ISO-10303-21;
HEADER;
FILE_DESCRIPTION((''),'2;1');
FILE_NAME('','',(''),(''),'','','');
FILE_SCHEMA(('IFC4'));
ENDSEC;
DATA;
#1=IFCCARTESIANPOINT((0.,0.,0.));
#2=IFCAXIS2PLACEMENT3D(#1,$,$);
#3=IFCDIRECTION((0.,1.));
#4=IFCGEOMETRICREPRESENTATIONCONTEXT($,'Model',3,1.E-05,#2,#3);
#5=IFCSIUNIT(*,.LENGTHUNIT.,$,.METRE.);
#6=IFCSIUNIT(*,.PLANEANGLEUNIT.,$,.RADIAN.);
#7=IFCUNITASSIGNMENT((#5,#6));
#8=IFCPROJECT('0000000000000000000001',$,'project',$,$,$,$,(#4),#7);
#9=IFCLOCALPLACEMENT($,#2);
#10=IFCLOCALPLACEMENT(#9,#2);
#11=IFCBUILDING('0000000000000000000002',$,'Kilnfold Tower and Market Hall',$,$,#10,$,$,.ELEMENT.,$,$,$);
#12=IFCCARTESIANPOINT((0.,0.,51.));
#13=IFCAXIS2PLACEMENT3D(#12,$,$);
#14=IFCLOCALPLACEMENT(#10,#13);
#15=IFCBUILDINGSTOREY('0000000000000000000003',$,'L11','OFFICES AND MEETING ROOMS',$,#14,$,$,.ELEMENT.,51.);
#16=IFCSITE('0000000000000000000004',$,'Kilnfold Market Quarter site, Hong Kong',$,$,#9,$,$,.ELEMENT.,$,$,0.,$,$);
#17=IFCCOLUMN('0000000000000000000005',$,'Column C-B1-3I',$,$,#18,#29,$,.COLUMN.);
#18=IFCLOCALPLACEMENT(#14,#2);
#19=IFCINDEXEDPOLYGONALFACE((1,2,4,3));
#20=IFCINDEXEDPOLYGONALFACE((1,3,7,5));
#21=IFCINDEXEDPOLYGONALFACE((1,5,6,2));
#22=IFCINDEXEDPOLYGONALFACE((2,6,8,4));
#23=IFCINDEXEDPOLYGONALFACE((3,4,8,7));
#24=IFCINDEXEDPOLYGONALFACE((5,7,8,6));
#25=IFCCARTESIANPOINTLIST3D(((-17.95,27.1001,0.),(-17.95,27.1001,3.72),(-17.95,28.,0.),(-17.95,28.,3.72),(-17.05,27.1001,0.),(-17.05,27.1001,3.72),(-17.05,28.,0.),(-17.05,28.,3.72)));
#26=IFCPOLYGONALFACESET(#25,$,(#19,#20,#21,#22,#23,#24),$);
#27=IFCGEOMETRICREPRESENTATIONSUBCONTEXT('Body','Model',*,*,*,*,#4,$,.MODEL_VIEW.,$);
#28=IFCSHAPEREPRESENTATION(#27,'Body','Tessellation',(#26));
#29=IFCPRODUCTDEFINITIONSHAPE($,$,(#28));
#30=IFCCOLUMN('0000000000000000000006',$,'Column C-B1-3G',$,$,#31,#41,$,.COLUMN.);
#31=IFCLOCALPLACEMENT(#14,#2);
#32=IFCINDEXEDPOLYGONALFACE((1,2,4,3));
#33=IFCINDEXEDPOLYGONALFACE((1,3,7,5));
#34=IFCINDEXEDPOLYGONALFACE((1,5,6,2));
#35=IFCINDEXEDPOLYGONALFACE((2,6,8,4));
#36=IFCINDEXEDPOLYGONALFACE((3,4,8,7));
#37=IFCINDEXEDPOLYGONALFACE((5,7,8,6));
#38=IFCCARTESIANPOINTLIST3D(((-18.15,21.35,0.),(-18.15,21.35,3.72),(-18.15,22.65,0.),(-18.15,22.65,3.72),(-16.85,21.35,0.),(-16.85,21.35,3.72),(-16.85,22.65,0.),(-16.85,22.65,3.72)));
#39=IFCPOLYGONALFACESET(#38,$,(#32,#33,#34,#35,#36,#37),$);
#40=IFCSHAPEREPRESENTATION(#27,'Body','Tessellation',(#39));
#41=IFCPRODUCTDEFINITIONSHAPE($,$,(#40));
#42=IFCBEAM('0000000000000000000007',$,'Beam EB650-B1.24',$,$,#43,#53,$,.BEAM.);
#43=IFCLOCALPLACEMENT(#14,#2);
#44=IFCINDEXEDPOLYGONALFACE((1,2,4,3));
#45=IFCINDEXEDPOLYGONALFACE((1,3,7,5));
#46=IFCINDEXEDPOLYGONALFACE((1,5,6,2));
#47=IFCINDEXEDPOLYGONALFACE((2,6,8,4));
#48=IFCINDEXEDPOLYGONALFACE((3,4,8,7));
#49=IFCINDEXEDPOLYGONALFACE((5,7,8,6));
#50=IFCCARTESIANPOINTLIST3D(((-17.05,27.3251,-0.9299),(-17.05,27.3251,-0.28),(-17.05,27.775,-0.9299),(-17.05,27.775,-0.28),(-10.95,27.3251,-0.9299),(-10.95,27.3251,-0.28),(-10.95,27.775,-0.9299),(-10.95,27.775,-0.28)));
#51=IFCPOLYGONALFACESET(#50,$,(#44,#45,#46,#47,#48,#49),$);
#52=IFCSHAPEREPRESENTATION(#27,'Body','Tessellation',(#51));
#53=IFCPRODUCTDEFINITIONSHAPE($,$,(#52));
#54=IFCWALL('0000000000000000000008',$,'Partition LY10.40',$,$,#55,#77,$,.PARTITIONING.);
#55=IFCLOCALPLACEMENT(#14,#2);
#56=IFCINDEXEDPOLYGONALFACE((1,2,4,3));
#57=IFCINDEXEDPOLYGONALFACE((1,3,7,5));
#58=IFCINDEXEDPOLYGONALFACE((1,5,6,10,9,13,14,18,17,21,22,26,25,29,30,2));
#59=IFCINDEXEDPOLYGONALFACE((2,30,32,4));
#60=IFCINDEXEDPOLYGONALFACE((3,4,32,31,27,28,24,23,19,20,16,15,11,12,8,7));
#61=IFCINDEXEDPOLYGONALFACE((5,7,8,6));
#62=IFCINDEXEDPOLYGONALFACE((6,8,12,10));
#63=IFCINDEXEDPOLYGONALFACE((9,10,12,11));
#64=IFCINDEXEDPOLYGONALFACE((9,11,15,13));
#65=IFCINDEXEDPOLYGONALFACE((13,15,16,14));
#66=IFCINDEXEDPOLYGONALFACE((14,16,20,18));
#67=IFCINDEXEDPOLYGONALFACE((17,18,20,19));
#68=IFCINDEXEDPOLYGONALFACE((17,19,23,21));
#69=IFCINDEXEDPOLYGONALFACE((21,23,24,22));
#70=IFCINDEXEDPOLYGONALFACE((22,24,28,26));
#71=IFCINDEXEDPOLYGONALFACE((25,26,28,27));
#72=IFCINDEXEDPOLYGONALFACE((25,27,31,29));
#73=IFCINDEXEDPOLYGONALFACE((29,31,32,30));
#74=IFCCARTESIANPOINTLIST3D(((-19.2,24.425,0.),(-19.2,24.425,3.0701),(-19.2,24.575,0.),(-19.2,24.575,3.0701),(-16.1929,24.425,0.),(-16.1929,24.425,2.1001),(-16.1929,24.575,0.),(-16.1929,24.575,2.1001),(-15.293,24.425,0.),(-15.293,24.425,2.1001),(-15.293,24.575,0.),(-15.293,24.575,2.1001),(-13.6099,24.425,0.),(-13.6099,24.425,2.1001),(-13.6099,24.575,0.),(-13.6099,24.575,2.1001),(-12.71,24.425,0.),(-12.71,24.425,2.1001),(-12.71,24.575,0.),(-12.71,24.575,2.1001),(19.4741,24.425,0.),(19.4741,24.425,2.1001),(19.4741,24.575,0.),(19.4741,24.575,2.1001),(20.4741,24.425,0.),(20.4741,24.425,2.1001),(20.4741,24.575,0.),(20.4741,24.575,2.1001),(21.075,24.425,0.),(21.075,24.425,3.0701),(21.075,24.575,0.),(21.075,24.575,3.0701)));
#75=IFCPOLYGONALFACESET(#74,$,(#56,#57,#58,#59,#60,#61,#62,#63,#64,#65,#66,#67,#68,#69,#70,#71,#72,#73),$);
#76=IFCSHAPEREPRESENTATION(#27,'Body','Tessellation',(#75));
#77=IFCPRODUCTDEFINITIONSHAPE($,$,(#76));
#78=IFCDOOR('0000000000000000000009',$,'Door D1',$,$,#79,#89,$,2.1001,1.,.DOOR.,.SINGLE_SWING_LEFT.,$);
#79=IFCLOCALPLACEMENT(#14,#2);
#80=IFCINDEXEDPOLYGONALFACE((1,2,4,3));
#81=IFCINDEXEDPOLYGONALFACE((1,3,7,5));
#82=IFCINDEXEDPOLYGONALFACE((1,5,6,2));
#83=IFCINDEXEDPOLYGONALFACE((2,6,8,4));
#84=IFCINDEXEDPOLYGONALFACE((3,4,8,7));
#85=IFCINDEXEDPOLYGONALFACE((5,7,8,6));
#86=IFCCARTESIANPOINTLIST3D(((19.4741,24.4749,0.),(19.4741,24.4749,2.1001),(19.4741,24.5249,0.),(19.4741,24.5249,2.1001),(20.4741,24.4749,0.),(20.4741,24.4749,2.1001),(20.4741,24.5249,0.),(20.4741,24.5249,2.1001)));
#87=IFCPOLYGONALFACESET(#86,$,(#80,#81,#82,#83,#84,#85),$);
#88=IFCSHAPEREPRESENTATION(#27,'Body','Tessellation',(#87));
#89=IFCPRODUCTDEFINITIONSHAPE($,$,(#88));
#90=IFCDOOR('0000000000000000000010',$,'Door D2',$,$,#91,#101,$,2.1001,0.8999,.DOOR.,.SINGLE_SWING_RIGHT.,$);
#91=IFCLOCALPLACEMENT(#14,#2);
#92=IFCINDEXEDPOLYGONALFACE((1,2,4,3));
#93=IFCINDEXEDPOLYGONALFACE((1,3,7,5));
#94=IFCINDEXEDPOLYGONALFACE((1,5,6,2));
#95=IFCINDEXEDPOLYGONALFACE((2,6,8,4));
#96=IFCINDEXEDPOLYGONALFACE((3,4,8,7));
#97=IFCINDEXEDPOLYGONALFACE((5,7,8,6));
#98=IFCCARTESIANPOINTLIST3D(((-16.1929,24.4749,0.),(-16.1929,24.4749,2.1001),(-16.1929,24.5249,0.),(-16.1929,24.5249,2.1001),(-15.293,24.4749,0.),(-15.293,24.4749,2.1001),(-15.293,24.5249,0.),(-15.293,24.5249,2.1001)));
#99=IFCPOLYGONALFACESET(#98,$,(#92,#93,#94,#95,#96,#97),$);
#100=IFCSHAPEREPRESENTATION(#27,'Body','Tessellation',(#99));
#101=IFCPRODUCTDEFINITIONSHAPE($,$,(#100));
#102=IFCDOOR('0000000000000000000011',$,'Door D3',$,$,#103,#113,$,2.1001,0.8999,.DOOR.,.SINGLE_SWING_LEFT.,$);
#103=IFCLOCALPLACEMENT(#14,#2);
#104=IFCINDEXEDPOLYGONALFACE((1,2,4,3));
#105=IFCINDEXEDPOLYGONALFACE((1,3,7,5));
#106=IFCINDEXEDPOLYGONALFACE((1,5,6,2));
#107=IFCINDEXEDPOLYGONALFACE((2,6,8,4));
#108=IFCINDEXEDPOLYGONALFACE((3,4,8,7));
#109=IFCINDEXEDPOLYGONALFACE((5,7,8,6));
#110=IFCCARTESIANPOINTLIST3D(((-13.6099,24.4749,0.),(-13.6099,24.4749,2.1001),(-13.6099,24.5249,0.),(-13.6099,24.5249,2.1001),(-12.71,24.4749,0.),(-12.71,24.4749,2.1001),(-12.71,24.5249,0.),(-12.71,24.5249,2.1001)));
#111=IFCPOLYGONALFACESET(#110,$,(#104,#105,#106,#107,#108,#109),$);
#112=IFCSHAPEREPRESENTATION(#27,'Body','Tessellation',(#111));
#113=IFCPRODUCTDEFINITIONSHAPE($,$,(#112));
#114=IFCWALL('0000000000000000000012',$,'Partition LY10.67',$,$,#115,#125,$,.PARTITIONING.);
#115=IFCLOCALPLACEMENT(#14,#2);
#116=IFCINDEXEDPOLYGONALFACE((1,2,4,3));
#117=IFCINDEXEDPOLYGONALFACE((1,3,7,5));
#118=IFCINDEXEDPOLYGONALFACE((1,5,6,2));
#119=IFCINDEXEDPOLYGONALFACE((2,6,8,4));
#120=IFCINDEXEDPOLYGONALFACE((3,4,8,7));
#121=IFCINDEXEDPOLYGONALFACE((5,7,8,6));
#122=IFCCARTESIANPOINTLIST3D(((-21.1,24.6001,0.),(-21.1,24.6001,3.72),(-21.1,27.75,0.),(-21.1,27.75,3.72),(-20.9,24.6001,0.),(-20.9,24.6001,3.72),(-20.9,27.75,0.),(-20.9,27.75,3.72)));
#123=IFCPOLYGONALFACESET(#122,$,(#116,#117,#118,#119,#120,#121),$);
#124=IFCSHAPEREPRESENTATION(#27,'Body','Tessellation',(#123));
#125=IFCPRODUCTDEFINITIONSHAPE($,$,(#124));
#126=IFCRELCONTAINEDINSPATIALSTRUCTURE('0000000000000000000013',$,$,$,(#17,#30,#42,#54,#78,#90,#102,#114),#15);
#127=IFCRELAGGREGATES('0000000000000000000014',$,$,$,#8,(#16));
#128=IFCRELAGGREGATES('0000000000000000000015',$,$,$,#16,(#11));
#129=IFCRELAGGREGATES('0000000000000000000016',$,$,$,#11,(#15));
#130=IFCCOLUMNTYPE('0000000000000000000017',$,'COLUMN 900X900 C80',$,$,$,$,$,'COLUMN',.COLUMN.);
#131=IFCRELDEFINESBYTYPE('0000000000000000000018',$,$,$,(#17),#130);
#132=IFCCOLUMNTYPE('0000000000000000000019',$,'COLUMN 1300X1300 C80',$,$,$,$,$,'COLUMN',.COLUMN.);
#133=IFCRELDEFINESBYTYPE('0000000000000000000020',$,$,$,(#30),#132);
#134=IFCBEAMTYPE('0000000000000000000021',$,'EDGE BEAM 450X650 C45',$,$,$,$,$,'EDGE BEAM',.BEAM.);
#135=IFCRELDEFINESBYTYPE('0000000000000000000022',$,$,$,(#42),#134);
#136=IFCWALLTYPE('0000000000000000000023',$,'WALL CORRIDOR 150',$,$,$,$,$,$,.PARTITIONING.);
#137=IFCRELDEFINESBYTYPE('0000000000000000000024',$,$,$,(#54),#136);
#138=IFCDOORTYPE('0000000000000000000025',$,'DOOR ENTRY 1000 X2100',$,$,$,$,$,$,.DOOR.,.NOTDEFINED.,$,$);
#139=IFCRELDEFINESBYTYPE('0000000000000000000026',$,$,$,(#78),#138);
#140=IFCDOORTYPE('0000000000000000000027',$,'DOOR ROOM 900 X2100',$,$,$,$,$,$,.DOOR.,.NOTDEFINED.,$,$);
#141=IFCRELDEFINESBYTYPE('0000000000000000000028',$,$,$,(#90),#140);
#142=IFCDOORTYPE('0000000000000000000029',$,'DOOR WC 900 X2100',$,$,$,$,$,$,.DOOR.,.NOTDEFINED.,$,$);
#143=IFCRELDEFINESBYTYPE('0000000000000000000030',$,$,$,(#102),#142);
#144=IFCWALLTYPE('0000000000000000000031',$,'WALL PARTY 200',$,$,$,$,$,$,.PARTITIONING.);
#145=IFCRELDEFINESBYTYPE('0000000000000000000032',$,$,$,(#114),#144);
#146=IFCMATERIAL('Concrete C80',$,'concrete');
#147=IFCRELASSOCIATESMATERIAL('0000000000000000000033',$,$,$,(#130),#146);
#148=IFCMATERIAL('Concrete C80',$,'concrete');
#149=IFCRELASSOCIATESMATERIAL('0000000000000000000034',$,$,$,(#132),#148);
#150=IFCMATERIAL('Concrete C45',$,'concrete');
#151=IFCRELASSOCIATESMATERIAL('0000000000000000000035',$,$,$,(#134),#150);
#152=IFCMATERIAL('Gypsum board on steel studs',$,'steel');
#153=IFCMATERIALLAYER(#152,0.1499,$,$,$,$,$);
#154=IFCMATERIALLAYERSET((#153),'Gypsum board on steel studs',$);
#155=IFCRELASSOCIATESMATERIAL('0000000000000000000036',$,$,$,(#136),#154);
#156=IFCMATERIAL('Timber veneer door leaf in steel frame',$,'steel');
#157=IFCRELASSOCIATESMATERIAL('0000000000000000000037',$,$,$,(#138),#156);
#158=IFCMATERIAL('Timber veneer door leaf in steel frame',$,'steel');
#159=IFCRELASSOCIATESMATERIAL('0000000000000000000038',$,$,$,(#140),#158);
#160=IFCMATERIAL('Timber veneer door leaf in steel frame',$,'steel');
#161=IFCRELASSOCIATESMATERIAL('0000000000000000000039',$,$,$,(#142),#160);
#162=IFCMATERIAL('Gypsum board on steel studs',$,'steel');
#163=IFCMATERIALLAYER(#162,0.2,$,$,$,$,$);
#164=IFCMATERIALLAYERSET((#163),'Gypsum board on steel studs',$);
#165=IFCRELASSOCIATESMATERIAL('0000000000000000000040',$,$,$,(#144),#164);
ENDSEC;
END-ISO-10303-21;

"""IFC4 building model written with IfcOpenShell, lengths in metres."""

from ifc_helpers import new_model, si_unit, direction, frame, frame_2d, origin, origin_2d, place, context, subcontext, project, spatial, rectangle, extrude, source, transform, mapped, material, layer, layer_set, material_profile, profile_set, type_object, element, fill, save


model = new_model("IFC4")

# Units and contexts
model_context = context("Model", 3, precision=1e-05, world=origin(), true_north=direction((0.0, 1.0)))
body_context = subcontext(model_context, "Body", "Model", "MODEL_VIEW")
ifc_project = project(units=[si_unit("LENGTHUNIT", "METRE"), si_unit("PLANEANGLEUNIT", "RADIAN")], contexts=[model_context])

# Site, building, storey
site_placement = place(None, origin())
site = spatial("IfcSite", under=ifc_project, at=site_placement, Name="Kilnfold Market Quarter site, Hong Kong", CompositionType="ELEMENT", RefElevation=0.0)
building_placement = place(site_placement, origin())
building = spatial("IfcBuilding", under=site, at=building_placement, Name="Kilnfold Tower and Market Hall", CompositionType="ELEMENT")
storey_placement = place(building_placement, frame((0.0, 0.0, 51.0)))
storey = spatial("IfcBuildingStorey", under=building, at=storey_placement, Name="L11", Description="OFFICES AND MEETING ROOMS", CompositionType="ELEMENT", Elevation=51.0)

# Columns
ifc_material_1 = material(Name="Concrete C80", Category="concrete")
ifc_material_profile_1 = material_profile(ifc_material_1, rectangle(XDim=0.8999, YDim=0.8999, at=origin_2d()), Name="RC 900x900")
ifc_profile_set_1 = profile_set([ifc_material_profile_1], Name="Concrete C80")
column_type_1 = type_object("IfcColumnType", Name="COLUMN 900X900 C80", ElementType="COLUMN", PredefinedType="COLUMN", material=ifc_profile_set_1)
shared_shape_1 = source(origin(), body_context, "Body", "SweptSolid", [
    extrude(rectangle(XDim=0.8999, YDim=0.8999, at=origin_2d()), origin(), (0.0, 0.0, 1.0), 3.72),
])
column_1_placement = place(storey_placement, frame((-17.5, 27.55, 0.0), z_axis=(0.0, 0.0, 1.0), x_axis=(1.0, 0.0, 0.0)))
element("IfcColumn", 1, at=column_1_placement, inside=storey, type_object=column_type_1, Name="Column C-B1-3I", PredefinedType="COLUMN", context=body_context, shape_type="MappedRepresentation", body=[
    mapped(shared_shape_1, transform((0.0, 0.0, 0.0))),
])
ifc_material_2 = material(Name="Concrete C80", Category="concrete")
ifc_material_profile_2 = material_profile(ifc_material_2, rectangle(XDim=1.3, YDim=1.3, at=origin_2d()), Name="RC 1300x1300")
ifc_profile_set_2 = profile_set([ifc_material_profile_2], Name="Concrete C80")
column_type_2 = type_object("IfcColumnType", Name="COLUMN 1300X1300 C80", ElementType="COLUMN", PredefinedType="COLUMN", material=ifc_profile_set_2)
shared_shape_2 = source(origin(), body_context, "Body", "SweptSolid", [
    extrude(rectangle(XDim=1.3, YDim=1.3, at=origin_2d()), origin(), (0.0, 0.0, 1.0), 3.72),
])
column_2_placement = place(storey_placement, frame((-17.5, 22.0, 0.0), z_axis=(0.0, 0.0, 1.0), x_axis=(1.0, 0.0, 0.0)))
element("IfcColumn", 2, at=column_2_placement, inside=storey, type_object=column_type_2, Name="Column C-B1-3G", PredefinedType="COLUMN", context=body_context, shape_type="MappedRepresentation", body=[
    mapped(shared_shape_2, transform((0.0, 0.0, 0.0))),
])

# Beam
ifc_material_3 = material(Name="Concrete C45", Category="concrete")
ifc_material_profile_3 = material_profile(ifc_material_3, rectangle(XDim=0.45, YDim=0.6499, at=origin_2d()), Name="RC 450x650")
ifc_profile_set_3 = profile_set([ifc_material_profile_3], Name="Concrete C45")
beam_type = type_object("IfcBeamType", Name="EDGE BEAM 450X650 C45", ElementType="EDGE BEAM", PredefinedType="BEAM", material=ifc_profile_set_3)
shared_shape_3 = source(origin(), body_context, "Body", "SweptSolid", [
    extrude(rectangle(XDim=0.45, YDim=0.6499, at=origin_2d()), origin(), (0.0, 0.0, 1.0), 6.1001),
])
beam_placement = place(storey_placement, frame((-17.05, 27.55, -0.605), z_axis=(1.0, 0.0, 0.0), x_axis=(0.0, 1.0, 0.0)))
element("IfcBeam", 3, at=beam_placement, inside=storey, type_object=beam_type, Name="Beam EB650-B1.24", PredefinedType="BEAM", context=body_context, shape_type="MappedRepresentation", body=[
    mapped(shared_shape_3, transform((0.0, 0.0, 0.0))),
])

# Wall, openings, doors
ifc_material_4 = material(Name="Gypsum board on steel studs", Category="steel")
ifc_layer_1 = layer(ifc_material_4, 0.1499)
ifc_layer_set_1 = layer_set([ifc_layer_1], Name="Gypsum board on steel studs")
wall_type_1 = type_object("IfcWallType", Name="WALL CORRIDOR 150", PredefinedType="PARTITIONING", material=ifc_layer_set_1)
wall_1_placement = place(storey_placement, frame((-19.2, 24.5, 0.0), z_axis=(0.0, 0.0, 1.0), x_axis=(1.0, 0.0, 0.0)))
wall_1 = element("IfcWall", 4, at=wall_1_placement, inside=storey, type_object=wall_type_1, Name="Partition LY10.40", PredefinedType="PARTITIONING", context=body_context, shape_type="SweptSolid", body=[
    extrude(rectangle(XDim=40.2749, YDim=0.1499, at=frame_2d((20.1375, 0.0))), origin(), (0.0, 0.0, 1.0), 3.0701),
])
opening_1_placement = place(wall_1_placement, frame((3.0071, 0.0, 0.0)))
opening_1 = element("IfcOpeningElement", 5, at=opening_1_placement, cuts=wall_1, PredefinedType="OPENING", context=body_context, shape_type="SweptSolid", body=[
    extrude(rectangle(XDim=0.8999, YDim=2.1001, at=frame_2d((0.45, 1.05))), frame((0.0, 0.085, 0.0), z_axis=(0.0, -1.0, 0.0), x_axis=(1.0, 0.0, 0.0)), (0.0, 0.0, 1.0), 0.1699),
])
opening_2_placement = place(wall_1_placement, frame((5.5901, 0.0, 0.0)))
opening_2 = element("IfcOpeningElement", 6, at=opening_2_placement, cuts=wall_1, PredefinedType="OPENING", context=body_context, shape_type="SweptSolid", body=[
    extrude(rectangle(XDim=0.8999, YDim=2.1001, at=frame_2d((0.45, 1.05))), frame((0.0, 0.085, 0.0), z_axis=(0.0, -1.0, 0.0), x_axis=(1.0, 0.0, 0.0)), (0.0, 0.0, 1.0), 0.1699),
])
opening_3_placement = place(wall_1_placement, frame((38.6741, 0.0, 0.0)))
opening_3 = element("IfcOpeningElement", 7, at=opening_3_placement, cuts=wall_1, PredefinedType="OPENING", context=body_context, shape_type="SweptSolid", body=[
    extrude(rectangle(XDim=1.0, YDim=2.1001, at=frame_2d((0.5, 1.05))), frame((0.0, 0.085, 0.0), z_axis=(0.0, -1.0, 0.0), x_axis=(1.0, 0.0, 0.0)), (0.0, 0.0, 1.0), 0.1699),
])
ifc_material_5 = material(Name="Timber veneer door leaf in steel frame", Category="steel")
door_type_1 = type_object("IfcDoorType", Name="DOOR ENTRY 1000 X2100", OperationType="NOTDEFINED", PredefinedType="DOOR", material=ifc_material_5)
door_1_placement = place(opening_3_placement, origin())
door_1 = element("IfcDoor", 8, at=door_1_placement, inside=storey, type_object=door_type_1, Name="Door D1", OperationType="SINGLE_SWING_LEFT", OverallHeight=2.1001, OverallWidth=1.0, PredefinedType="DOOR", context=body_context, shape_type="SweptSolid", body=[
    extrude(rectangle(XDim=1.0, YDim=2.1001, at=frame_2d((0.5, 1.05))), frame((0.0, 0.0249, 0.0), z_axis=(0.0, -1.0, 0.0), x_axis=(1.0, 0.0, 0.0)), (0.0, 0.0, 1.0), 0.05),
])
fill(opening_3, door_1)
ifc_material_6 = material(Name="Timber veneer door leaf in steel frame", Category="steel")
door_type_2 = type_object("IfcDoorType", Name="DOOR ROOM 900 X2100", OperationType="NOTDEFINED", PredefinedType="DOOR", material=ifc_material_6)
door_2_placement = place(opening_1_placement, origin())
door_2 = element("IfcDoor", 9, at=door_2_placement, inside=storey, type_object=door_type_2, Name="Door D2", OperationType="SINGLE_SWING_RIGHT", OverallHeight=2.1001, OverallWidth=0.8999, PredefinedType="DOOR", context=body_context, shape_type="SweptSolid", body=[
    extrude(rectangle(XDim=0.8999, YDim=2.1001, at=frame_2d((0.45, 1.05))), frame((0.0, 0.0249, 0.0), z_axis=(0.0, -1.0, 0.0), x_axis=(1.0, 0.0, 0.0)), (0.0, 0.0, 1.0), 0.05),
])
fill(opening_1, door_2)
ifc_material_7 = material(Name="Timber veneer door leaf in steel frame", Category="steel")
door_type_3 = type_object("IfcDoorType", Name="DOOR WC 900 X2100", OperationType="NOTDEFINED", PredefinedType="DOOR", material=ifc_material_7)
door_3_placement = place(opening_2_placement, origin())
door_3 = element("IfcDoor", 10, at=door_3_placement, inside=storey, type_object=door_type_3, Name="Door D3", OperationType="SINGLE_SWING_LEFT", OverallHeight=2.1001, OverallWidth=0.8999, PredefinedType="DOOR", context=body_context, shape_type="SweptSolid", body=[
    extrude(rectangle(XDim=0.8999, YDim=2.1001, at=frame_2d((0.45, 1.05))), frame((0.0, 0.0249, 0.0), z_axis=(0.0, -1.0, 0.0), x_axis=(1.0, 0.0, 0.0)), (0.0, 0.0, 1.0), 0.05),
])
fill(opening_2, door_3)

# Wall
ifc_material_8 = material(Name="Gypsum board on steel studs", Category="steel")
ifc_layer_2 = layer(ifc_material_8, 0.2)
ifc_layer_set_2 = layer_set([ifc_layer_2], Name="Gypsum board on steel studs")
wall_type_2 = type_object("IfcWallType", Name="WALL PARTY 200", PredefinedType="PARTITIONING", material=ifc_layer_set_2)
wall_2_placement = place(storey_placement, frame((-21.0, 24.6001, 0.0), z_axis=(0.0, 0.0, 1.0), x_axis=(0.0, 1.0, 0.0)))
element("IfcWall", 11, at=wall_2_placement, inside=storey, type_object=wall_type_2, Name="Partition LY10.67", PredefinedType="PARTITIONING", context=body_context, shape_type="SweptSolid", body=[
    extrude(rectangle(XDim=3.1499, YDim=0.2, at=frame_2d((1.575, 0.0))), origin(), (0.0, 0.0, 1.0), 3.72),
])

save(model, "model.ifc")
